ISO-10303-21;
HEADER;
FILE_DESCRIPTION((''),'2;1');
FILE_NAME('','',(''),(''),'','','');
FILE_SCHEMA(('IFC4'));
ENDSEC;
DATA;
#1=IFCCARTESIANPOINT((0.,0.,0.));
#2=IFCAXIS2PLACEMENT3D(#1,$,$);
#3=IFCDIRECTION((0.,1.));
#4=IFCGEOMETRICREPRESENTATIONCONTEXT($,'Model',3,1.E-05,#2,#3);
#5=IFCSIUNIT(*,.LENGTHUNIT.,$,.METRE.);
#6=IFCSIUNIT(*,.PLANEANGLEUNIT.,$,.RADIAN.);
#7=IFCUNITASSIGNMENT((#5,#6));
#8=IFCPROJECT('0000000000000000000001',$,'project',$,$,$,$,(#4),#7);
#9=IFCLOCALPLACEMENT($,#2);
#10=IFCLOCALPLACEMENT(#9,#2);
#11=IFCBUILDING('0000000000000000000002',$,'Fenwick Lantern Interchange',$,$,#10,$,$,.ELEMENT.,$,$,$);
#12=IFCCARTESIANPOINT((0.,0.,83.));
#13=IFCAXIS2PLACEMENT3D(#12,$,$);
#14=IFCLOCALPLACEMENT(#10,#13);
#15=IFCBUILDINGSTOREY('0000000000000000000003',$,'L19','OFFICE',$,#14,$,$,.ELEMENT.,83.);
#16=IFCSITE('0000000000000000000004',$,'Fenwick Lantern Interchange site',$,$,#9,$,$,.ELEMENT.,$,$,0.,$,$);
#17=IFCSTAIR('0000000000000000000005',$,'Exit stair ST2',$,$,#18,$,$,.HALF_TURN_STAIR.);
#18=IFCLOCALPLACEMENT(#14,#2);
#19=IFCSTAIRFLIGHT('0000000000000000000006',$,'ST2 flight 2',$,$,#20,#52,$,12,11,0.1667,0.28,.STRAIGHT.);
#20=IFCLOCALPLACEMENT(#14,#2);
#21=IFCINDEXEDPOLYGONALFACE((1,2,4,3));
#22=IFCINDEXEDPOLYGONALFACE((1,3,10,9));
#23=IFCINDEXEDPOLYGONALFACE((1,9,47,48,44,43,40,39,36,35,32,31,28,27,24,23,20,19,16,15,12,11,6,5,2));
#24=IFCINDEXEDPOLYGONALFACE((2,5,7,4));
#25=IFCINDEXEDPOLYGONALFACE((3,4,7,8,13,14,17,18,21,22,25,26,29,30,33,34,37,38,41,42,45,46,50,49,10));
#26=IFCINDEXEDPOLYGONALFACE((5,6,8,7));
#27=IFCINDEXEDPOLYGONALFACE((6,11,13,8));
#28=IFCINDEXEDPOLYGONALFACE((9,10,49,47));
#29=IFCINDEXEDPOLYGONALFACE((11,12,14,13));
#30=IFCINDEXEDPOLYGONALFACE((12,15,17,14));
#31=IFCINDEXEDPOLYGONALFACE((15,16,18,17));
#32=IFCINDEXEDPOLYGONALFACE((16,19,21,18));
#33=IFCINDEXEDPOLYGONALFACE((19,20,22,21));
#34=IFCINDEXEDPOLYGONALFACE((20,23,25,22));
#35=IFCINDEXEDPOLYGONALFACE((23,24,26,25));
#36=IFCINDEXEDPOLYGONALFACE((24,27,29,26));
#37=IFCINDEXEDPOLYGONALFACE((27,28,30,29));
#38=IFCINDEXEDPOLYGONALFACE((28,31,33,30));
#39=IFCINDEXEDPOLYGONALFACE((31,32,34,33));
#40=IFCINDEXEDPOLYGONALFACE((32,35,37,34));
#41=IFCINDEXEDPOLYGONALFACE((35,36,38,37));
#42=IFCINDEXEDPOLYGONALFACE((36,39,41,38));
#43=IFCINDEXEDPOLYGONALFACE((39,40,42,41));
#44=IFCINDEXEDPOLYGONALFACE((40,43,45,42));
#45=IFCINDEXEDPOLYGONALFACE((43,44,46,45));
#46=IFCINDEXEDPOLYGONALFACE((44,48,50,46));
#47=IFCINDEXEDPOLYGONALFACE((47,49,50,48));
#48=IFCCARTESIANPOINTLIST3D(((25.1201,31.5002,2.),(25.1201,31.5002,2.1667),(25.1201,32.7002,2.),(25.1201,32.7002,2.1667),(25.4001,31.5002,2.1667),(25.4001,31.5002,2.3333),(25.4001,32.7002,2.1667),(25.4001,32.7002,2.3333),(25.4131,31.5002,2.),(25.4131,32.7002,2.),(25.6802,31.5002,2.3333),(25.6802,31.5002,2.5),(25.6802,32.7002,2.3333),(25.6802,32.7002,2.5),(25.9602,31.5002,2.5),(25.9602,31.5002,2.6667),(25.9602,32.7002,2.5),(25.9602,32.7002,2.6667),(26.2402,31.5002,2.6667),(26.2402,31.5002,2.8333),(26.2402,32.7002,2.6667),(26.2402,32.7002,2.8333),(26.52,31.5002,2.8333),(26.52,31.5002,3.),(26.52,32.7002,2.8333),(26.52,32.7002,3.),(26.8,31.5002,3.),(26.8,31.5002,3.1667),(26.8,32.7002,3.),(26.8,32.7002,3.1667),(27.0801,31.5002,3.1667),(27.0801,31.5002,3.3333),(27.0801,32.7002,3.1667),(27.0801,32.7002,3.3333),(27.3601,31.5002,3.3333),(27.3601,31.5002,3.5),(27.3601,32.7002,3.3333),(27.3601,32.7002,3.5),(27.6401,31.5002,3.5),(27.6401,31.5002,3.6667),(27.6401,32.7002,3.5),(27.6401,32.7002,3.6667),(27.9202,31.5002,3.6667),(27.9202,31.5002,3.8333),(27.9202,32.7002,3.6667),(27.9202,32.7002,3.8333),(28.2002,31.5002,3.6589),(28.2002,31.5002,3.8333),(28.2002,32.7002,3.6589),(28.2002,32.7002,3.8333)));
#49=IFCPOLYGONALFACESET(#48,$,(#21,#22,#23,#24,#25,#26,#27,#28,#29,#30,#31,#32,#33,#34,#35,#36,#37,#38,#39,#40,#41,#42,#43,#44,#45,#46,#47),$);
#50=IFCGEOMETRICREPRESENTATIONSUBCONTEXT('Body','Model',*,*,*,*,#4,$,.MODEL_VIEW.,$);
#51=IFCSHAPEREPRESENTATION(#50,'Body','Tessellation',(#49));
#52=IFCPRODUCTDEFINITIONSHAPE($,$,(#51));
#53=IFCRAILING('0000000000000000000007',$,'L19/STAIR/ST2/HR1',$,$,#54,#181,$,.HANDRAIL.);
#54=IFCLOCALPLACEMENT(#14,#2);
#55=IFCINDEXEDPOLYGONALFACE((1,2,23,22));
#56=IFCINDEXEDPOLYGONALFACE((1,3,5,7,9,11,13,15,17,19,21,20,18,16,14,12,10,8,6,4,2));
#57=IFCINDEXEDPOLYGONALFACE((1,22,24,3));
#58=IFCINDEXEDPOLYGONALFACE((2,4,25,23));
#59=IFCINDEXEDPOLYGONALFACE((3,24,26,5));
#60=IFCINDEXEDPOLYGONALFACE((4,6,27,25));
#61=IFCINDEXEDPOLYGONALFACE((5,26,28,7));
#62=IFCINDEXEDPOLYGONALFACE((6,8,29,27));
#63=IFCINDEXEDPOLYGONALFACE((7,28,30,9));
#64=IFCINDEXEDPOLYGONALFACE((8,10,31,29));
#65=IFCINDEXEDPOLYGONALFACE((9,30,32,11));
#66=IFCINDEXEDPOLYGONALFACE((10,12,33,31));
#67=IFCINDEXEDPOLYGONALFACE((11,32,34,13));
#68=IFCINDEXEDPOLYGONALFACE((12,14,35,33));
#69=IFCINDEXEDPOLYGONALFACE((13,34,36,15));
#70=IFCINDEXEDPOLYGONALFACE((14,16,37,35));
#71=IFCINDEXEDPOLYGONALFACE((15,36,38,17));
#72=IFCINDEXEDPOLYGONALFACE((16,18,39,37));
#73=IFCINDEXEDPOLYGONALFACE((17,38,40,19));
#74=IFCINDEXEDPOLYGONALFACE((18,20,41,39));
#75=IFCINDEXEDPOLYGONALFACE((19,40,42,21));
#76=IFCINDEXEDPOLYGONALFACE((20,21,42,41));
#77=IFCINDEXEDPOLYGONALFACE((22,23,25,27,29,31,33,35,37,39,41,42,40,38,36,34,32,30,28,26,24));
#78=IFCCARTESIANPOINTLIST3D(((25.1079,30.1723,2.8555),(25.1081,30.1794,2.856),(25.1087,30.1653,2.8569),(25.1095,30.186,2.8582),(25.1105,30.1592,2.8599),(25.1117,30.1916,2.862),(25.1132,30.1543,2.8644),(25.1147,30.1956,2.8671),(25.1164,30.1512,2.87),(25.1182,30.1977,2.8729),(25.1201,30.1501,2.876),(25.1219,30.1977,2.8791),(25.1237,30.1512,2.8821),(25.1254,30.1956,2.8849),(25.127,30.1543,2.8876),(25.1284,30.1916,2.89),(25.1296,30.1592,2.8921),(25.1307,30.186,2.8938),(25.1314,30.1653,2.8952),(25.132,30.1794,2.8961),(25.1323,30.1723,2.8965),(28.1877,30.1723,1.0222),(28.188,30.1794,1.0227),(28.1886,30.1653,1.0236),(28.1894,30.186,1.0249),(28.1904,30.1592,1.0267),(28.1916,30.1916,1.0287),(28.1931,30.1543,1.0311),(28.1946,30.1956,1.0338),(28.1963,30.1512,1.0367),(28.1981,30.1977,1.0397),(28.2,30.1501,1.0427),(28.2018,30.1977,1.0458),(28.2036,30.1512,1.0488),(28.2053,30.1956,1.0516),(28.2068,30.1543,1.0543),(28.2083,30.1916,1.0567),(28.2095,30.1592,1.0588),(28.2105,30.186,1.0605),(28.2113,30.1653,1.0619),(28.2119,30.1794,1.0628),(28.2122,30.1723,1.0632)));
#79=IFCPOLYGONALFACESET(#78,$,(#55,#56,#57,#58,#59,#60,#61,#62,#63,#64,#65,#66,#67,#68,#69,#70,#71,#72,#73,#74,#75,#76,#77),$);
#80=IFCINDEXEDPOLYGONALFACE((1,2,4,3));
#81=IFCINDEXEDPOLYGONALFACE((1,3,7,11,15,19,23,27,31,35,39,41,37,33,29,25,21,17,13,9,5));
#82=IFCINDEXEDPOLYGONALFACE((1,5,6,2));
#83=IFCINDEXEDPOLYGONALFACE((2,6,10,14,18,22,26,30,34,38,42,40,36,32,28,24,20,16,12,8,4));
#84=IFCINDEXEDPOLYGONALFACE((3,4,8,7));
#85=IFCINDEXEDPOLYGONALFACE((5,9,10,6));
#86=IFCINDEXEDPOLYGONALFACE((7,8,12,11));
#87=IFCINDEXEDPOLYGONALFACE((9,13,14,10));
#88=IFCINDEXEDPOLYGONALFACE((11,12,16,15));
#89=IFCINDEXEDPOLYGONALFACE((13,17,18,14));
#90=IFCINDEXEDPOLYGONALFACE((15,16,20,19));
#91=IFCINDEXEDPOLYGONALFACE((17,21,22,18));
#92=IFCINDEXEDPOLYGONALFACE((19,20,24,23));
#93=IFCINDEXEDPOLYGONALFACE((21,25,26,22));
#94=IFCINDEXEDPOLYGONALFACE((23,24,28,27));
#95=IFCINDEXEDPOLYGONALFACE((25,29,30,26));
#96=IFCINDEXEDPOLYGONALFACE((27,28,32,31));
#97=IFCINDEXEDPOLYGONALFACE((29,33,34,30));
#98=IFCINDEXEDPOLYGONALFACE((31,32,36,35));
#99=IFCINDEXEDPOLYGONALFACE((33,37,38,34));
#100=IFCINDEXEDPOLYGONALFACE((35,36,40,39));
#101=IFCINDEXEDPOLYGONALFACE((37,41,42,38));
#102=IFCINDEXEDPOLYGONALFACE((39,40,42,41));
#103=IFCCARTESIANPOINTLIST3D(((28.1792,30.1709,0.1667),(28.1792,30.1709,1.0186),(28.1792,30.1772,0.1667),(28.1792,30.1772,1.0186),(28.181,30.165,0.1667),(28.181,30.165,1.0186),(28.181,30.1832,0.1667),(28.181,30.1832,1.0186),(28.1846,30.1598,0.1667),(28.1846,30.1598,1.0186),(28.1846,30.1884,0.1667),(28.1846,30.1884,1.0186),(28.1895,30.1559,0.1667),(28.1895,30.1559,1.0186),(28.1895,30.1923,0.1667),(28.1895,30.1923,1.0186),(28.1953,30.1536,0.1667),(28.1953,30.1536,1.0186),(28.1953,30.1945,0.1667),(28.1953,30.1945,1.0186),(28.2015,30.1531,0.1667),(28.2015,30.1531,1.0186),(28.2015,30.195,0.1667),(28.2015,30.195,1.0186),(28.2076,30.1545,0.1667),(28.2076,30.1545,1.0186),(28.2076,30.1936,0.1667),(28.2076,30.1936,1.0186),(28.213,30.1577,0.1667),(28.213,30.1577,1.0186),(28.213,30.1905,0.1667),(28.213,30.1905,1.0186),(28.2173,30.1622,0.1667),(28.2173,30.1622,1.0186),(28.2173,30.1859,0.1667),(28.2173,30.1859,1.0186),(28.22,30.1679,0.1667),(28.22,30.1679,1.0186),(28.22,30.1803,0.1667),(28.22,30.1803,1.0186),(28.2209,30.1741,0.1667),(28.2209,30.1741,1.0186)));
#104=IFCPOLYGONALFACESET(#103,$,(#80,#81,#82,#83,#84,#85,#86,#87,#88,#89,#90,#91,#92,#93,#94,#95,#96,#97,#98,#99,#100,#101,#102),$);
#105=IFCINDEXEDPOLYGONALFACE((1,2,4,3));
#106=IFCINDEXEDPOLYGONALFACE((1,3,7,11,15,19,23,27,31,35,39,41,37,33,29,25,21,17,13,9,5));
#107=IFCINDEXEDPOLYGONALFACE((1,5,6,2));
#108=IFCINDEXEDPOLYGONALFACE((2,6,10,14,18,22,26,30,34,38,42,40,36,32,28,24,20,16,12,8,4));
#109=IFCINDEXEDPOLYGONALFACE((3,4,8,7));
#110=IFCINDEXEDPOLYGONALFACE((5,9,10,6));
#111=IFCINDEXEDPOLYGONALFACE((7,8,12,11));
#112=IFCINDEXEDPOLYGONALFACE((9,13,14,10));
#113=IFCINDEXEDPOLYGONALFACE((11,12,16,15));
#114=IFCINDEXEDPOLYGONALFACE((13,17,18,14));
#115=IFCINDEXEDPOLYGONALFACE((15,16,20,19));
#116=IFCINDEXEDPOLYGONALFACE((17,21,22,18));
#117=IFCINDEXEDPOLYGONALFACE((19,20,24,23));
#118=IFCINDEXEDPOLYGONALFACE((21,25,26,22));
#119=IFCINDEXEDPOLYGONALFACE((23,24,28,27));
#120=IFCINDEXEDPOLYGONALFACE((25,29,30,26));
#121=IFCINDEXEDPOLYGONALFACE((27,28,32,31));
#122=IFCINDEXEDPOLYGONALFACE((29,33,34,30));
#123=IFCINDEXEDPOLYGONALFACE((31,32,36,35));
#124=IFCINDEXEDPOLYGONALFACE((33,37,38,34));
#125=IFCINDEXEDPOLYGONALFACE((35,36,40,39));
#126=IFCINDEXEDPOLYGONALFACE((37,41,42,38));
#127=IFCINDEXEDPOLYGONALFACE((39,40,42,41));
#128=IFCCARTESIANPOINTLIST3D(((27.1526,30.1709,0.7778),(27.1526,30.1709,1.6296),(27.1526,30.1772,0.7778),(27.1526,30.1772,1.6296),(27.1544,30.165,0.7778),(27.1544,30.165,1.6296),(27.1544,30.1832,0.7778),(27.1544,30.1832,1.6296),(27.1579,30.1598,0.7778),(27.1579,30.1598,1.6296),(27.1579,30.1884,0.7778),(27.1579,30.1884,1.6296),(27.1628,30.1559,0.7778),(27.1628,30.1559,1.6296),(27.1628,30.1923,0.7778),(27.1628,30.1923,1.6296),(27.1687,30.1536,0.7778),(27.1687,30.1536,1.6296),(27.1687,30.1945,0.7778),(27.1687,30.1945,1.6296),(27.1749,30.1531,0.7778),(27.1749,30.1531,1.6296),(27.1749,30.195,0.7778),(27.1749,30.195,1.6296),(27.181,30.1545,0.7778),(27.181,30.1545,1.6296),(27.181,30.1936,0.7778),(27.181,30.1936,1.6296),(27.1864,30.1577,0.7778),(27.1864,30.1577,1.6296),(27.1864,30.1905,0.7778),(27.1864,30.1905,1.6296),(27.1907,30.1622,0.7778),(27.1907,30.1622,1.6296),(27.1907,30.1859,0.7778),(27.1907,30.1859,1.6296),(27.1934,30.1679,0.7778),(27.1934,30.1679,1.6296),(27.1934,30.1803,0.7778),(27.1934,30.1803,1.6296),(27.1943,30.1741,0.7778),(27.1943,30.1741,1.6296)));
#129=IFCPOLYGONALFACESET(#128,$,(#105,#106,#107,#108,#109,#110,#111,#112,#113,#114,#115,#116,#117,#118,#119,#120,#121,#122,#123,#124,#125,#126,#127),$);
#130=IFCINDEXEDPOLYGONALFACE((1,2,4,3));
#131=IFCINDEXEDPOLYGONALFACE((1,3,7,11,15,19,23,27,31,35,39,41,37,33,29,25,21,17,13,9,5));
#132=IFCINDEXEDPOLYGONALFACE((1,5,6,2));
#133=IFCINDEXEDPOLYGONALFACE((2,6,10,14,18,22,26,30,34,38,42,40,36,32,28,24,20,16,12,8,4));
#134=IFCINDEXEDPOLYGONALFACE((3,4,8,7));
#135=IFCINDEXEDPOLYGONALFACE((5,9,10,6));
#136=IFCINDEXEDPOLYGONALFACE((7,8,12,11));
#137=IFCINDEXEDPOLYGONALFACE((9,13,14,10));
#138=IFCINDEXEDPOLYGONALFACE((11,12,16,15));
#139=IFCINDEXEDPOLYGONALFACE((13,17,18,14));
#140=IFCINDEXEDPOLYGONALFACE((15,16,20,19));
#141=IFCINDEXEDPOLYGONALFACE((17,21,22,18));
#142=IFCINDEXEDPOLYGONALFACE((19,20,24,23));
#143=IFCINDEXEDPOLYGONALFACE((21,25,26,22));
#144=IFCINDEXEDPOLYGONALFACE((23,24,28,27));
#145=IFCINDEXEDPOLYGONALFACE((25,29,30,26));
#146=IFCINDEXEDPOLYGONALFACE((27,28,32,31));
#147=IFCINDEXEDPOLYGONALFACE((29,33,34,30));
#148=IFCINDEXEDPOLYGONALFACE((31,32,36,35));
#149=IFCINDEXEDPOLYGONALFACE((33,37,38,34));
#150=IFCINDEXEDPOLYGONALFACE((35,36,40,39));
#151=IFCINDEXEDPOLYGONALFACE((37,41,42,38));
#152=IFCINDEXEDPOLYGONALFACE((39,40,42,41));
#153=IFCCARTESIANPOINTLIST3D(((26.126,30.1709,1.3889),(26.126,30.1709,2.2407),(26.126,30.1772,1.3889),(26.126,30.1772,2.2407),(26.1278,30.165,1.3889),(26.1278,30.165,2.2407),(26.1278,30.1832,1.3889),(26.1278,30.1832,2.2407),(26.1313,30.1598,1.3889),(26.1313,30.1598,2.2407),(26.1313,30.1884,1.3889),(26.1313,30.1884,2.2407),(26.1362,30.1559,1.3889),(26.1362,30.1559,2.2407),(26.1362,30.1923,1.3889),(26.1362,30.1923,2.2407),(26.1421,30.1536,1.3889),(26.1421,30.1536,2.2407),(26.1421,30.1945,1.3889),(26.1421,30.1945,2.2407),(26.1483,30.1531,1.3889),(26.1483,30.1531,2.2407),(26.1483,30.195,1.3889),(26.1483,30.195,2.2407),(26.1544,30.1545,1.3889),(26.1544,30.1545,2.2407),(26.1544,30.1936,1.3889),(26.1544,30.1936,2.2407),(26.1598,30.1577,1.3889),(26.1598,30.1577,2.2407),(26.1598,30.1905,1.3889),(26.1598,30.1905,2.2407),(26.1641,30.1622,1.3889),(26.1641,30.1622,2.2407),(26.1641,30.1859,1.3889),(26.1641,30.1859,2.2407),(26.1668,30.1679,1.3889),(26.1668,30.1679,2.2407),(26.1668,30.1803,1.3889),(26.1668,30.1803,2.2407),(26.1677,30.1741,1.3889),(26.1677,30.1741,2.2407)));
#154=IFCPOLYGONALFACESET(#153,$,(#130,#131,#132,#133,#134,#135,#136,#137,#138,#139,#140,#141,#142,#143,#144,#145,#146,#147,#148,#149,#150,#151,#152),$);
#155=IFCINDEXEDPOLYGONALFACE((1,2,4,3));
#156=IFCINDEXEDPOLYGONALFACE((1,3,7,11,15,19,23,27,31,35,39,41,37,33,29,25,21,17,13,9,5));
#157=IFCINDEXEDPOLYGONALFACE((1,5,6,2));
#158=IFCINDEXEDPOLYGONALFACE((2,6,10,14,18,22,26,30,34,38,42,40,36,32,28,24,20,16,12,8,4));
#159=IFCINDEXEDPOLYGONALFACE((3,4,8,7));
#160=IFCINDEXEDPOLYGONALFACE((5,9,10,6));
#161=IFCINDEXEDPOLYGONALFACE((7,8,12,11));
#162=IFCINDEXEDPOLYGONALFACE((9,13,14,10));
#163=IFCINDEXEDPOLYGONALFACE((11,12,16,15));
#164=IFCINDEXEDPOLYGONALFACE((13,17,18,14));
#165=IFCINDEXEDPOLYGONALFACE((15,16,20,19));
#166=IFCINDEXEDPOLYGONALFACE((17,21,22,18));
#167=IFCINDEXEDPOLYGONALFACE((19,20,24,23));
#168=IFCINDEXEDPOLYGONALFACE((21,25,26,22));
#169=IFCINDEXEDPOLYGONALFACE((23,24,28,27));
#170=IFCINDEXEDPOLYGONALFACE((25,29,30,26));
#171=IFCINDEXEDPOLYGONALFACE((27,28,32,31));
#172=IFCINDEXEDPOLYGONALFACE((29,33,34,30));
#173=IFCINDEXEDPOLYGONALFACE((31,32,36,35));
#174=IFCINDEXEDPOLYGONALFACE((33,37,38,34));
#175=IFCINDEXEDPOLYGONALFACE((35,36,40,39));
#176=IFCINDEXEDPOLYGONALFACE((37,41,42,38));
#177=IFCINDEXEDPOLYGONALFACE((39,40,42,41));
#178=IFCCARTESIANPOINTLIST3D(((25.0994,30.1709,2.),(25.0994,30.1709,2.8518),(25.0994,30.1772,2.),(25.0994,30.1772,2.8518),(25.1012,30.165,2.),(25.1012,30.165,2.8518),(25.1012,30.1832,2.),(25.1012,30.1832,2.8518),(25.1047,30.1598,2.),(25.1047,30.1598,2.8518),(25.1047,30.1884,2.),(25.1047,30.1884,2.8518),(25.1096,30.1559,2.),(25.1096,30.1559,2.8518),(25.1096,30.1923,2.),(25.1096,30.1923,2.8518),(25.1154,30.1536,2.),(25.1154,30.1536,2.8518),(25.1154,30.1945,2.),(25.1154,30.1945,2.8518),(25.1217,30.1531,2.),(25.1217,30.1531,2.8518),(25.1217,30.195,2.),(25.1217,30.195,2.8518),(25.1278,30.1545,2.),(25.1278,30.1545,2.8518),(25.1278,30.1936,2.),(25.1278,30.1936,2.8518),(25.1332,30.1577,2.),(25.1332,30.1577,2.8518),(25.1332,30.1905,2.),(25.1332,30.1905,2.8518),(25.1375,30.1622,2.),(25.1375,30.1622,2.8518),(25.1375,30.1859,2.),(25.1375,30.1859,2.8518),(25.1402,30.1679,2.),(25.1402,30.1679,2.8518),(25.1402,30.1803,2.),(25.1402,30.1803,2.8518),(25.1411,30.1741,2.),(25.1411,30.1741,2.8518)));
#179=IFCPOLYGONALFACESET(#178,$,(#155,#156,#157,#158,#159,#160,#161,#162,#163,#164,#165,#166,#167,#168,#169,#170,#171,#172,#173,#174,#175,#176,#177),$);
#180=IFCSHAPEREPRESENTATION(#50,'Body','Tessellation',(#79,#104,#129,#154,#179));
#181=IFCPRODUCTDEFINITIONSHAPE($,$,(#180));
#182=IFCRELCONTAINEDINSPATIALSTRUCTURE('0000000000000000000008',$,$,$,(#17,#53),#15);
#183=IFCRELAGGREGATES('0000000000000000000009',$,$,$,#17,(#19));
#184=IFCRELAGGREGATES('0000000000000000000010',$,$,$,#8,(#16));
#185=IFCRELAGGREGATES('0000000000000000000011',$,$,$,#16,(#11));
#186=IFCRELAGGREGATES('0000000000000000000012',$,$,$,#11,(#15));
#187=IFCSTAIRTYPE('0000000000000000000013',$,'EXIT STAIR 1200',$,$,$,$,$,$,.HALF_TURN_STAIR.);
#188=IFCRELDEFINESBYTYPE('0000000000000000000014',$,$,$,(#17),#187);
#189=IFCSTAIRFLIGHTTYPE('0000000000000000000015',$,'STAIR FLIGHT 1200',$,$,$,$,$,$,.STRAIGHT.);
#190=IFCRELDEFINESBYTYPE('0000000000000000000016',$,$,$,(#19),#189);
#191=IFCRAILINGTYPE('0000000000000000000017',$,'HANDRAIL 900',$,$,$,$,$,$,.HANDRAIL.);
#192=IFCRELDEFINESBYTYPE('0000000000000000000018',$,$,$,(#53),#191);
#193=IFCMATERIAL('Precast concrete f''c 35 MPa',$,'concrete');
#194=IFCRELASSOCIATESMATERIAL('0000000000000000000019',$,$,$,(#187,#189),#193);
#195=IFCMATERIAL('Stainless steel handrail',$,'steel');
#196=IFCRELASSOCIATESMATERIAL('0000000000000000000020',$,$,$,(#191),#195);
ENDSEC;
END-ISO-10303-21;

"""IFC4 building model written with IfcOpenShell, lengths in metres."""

from ifc_helpers import new_model, si_unit, direction, frame, origin, origin_2d, place, context, subcontext, project, spatial, polyline, circle, outline, extrude, material, type_object, element, aggregate, save


model = new_model("IFC4")

# Units and contexts
model_context = context("Model", 3, precision=1e-05, world=origin(), true_north=direction((0.0, 1.0)))
body_context = subcontext(model_context, "Body", "Model", "MODEL_VIEW")
ifc_project = project(units=[si_unit("LENGTHUNIT", "METRE"), si_unit("PLANEANGLEUNIT", "RADIAN")], contexts=[model_context])

# Site, building, storey
site_placement = place(None, origin())
site = spatial("IfcSite", under=ifc_project, at=site_placement, Name="Fenwick Lantern Interchange site", CompositionType="ELEMENT", RefElevation=0.0)
building_placement = place(site_placement, origin())
building = spatial("IfcBuilding", under=site, at=building_placement, Name="Fenwick Lantern Interchange", CompositionType="ELEMENT")
storey_placement = place(building_placement, frame((0.0, 0.0, 83.0)))
storey = spatial("IfcBuildingStorey", under=building, at=storey_placement, Name="L19", Description="OFFICE", CompositionType="ELEMENT", Elevation=83.0)

# Stair, stair flight
ifc_material_1 = material(Name="Precast concrete f'c 35 MPa", Category="concrete")
stair_type = type_object("IfcStairType", Name="EXIT STAIR 1200", PredefinedType="HALF_TURN_STAIR", material=ifc_material_1)
stair_placement = place(storey_placement, origin())
stair = element("IfcStair", 1, at=stair_placement, inside=storey, type_object=stair_type, Name="Exit stair ST2", PredefinedType="HALF_TURN_STAIR")
stair_flight_type = type_object("IfcStairFlightType", Name="STAIR FLIGHT 1200", PredefinedType="STRAIGHT", material=ifc_material_1)
stair_flight_1_placement = place(storey_placement, frame((25.1201, 32.1001, 2.0), z_axis=(0.0, 0.0, 1.0), x_axis=(1.0, 0.0, 0.0)))
stair_flight_1 = element("IfcStairFlight", 2, at=stair_flight_1_placement, type_object=stair_flight_type, Name="ST2 flight 2", NumberOfRisers=12, NumberOfTreads=11, PredefinedType="STRAIGHT", RiserHeight=0.1667, TreadLength=0.28, context=body_context, shape_type="SweptSolid", body=[
    extrude(outline(polyline([(0.0, 0.0), (0.0, 0.1667), (0.28, 0.1667), (0.28, 0.3333), (0.5601, 0.3333), (0.5601, 0.5), (0.8401, 0.5), (0.8401, 0.6667), (1.1201, 0.6667), (1.1201, 0.8333), (1.3999, 0.8333), (1.3999, 1.0), (1.6799, 1.0), (1.6799, 1.1667), (1.96, 1.1667), (1.96, 1.3333), (2.24, 1.3333), (2.24, 1.5), (2.52, 1.5), (2.52, 1.6667), (2.8, 1.6667), (2.8, 1.8333), (3.0801, 1.8333), (3.0801, 2.0), (3.0801, 1.6589), (0.293, 0.0), (0.0, 0.0)])), frame((0.0, 0.6001, 0.0), z_axis=(0.0, -1.0, 0.0), x_axis=(1.0, 0.0, 0.0)), (0.0, 0.0, 1.0), 1.2),
])
aggregate(stair, [stair_flight_1])

# Railing
ifc_material_2 = material(Name="Stainless steel handrail", Category="steel")
railing_type = type_object("IfcRailingType", Name="HANDRAIL 900", PredefinedType="HANDRAIL", material=ifc_material_2)
railing_1_placement = place(storey_placement, frame((28.2, 30.1741, 0.1667)))
element("IfcRailing", 3, at=railing_1_placement, inside=storey, type_object=railing_type, Name="L19/STAIR/ST2/HR1", PredefinedType="HANDRAIL", context=body_context, shape_type="SweptSolid", body=[
    extrude(circle(Radius=0.0239, at=origin_2d()), frame((0.0, 0.0, 0.876), z_axis=(-0.859291, 0.0, 0.511487), x_axis=(0.0, -1.0, 0.0)), (0.0, 0.0, 1.0), 3.5842),
    extrude(circle(Radius=0.021, at=origin_2d()), origin(), (0.0, 0.0, 1.0), 0.8518),
    extrude(circle(Radius=0.021, at=origin_2d()), frame((-1.0266, 0.0, 0.6111)), (0.0, 0.0, 1.0), 0.8518),
    extrude(circle(Radius=0.021, at=origin_2d()), frame((-2.0532, 0.0, 1.2222)), (0.0, 0.0, 1.0), 0.8518),
    extrude(circle(Radius=0.021, at=origin_2d()), frame((-3.0798, 0.0, 1.8333)), (0.0, 0.0, 1.0), 0.8518),
])

save(model, "model.ifc")
